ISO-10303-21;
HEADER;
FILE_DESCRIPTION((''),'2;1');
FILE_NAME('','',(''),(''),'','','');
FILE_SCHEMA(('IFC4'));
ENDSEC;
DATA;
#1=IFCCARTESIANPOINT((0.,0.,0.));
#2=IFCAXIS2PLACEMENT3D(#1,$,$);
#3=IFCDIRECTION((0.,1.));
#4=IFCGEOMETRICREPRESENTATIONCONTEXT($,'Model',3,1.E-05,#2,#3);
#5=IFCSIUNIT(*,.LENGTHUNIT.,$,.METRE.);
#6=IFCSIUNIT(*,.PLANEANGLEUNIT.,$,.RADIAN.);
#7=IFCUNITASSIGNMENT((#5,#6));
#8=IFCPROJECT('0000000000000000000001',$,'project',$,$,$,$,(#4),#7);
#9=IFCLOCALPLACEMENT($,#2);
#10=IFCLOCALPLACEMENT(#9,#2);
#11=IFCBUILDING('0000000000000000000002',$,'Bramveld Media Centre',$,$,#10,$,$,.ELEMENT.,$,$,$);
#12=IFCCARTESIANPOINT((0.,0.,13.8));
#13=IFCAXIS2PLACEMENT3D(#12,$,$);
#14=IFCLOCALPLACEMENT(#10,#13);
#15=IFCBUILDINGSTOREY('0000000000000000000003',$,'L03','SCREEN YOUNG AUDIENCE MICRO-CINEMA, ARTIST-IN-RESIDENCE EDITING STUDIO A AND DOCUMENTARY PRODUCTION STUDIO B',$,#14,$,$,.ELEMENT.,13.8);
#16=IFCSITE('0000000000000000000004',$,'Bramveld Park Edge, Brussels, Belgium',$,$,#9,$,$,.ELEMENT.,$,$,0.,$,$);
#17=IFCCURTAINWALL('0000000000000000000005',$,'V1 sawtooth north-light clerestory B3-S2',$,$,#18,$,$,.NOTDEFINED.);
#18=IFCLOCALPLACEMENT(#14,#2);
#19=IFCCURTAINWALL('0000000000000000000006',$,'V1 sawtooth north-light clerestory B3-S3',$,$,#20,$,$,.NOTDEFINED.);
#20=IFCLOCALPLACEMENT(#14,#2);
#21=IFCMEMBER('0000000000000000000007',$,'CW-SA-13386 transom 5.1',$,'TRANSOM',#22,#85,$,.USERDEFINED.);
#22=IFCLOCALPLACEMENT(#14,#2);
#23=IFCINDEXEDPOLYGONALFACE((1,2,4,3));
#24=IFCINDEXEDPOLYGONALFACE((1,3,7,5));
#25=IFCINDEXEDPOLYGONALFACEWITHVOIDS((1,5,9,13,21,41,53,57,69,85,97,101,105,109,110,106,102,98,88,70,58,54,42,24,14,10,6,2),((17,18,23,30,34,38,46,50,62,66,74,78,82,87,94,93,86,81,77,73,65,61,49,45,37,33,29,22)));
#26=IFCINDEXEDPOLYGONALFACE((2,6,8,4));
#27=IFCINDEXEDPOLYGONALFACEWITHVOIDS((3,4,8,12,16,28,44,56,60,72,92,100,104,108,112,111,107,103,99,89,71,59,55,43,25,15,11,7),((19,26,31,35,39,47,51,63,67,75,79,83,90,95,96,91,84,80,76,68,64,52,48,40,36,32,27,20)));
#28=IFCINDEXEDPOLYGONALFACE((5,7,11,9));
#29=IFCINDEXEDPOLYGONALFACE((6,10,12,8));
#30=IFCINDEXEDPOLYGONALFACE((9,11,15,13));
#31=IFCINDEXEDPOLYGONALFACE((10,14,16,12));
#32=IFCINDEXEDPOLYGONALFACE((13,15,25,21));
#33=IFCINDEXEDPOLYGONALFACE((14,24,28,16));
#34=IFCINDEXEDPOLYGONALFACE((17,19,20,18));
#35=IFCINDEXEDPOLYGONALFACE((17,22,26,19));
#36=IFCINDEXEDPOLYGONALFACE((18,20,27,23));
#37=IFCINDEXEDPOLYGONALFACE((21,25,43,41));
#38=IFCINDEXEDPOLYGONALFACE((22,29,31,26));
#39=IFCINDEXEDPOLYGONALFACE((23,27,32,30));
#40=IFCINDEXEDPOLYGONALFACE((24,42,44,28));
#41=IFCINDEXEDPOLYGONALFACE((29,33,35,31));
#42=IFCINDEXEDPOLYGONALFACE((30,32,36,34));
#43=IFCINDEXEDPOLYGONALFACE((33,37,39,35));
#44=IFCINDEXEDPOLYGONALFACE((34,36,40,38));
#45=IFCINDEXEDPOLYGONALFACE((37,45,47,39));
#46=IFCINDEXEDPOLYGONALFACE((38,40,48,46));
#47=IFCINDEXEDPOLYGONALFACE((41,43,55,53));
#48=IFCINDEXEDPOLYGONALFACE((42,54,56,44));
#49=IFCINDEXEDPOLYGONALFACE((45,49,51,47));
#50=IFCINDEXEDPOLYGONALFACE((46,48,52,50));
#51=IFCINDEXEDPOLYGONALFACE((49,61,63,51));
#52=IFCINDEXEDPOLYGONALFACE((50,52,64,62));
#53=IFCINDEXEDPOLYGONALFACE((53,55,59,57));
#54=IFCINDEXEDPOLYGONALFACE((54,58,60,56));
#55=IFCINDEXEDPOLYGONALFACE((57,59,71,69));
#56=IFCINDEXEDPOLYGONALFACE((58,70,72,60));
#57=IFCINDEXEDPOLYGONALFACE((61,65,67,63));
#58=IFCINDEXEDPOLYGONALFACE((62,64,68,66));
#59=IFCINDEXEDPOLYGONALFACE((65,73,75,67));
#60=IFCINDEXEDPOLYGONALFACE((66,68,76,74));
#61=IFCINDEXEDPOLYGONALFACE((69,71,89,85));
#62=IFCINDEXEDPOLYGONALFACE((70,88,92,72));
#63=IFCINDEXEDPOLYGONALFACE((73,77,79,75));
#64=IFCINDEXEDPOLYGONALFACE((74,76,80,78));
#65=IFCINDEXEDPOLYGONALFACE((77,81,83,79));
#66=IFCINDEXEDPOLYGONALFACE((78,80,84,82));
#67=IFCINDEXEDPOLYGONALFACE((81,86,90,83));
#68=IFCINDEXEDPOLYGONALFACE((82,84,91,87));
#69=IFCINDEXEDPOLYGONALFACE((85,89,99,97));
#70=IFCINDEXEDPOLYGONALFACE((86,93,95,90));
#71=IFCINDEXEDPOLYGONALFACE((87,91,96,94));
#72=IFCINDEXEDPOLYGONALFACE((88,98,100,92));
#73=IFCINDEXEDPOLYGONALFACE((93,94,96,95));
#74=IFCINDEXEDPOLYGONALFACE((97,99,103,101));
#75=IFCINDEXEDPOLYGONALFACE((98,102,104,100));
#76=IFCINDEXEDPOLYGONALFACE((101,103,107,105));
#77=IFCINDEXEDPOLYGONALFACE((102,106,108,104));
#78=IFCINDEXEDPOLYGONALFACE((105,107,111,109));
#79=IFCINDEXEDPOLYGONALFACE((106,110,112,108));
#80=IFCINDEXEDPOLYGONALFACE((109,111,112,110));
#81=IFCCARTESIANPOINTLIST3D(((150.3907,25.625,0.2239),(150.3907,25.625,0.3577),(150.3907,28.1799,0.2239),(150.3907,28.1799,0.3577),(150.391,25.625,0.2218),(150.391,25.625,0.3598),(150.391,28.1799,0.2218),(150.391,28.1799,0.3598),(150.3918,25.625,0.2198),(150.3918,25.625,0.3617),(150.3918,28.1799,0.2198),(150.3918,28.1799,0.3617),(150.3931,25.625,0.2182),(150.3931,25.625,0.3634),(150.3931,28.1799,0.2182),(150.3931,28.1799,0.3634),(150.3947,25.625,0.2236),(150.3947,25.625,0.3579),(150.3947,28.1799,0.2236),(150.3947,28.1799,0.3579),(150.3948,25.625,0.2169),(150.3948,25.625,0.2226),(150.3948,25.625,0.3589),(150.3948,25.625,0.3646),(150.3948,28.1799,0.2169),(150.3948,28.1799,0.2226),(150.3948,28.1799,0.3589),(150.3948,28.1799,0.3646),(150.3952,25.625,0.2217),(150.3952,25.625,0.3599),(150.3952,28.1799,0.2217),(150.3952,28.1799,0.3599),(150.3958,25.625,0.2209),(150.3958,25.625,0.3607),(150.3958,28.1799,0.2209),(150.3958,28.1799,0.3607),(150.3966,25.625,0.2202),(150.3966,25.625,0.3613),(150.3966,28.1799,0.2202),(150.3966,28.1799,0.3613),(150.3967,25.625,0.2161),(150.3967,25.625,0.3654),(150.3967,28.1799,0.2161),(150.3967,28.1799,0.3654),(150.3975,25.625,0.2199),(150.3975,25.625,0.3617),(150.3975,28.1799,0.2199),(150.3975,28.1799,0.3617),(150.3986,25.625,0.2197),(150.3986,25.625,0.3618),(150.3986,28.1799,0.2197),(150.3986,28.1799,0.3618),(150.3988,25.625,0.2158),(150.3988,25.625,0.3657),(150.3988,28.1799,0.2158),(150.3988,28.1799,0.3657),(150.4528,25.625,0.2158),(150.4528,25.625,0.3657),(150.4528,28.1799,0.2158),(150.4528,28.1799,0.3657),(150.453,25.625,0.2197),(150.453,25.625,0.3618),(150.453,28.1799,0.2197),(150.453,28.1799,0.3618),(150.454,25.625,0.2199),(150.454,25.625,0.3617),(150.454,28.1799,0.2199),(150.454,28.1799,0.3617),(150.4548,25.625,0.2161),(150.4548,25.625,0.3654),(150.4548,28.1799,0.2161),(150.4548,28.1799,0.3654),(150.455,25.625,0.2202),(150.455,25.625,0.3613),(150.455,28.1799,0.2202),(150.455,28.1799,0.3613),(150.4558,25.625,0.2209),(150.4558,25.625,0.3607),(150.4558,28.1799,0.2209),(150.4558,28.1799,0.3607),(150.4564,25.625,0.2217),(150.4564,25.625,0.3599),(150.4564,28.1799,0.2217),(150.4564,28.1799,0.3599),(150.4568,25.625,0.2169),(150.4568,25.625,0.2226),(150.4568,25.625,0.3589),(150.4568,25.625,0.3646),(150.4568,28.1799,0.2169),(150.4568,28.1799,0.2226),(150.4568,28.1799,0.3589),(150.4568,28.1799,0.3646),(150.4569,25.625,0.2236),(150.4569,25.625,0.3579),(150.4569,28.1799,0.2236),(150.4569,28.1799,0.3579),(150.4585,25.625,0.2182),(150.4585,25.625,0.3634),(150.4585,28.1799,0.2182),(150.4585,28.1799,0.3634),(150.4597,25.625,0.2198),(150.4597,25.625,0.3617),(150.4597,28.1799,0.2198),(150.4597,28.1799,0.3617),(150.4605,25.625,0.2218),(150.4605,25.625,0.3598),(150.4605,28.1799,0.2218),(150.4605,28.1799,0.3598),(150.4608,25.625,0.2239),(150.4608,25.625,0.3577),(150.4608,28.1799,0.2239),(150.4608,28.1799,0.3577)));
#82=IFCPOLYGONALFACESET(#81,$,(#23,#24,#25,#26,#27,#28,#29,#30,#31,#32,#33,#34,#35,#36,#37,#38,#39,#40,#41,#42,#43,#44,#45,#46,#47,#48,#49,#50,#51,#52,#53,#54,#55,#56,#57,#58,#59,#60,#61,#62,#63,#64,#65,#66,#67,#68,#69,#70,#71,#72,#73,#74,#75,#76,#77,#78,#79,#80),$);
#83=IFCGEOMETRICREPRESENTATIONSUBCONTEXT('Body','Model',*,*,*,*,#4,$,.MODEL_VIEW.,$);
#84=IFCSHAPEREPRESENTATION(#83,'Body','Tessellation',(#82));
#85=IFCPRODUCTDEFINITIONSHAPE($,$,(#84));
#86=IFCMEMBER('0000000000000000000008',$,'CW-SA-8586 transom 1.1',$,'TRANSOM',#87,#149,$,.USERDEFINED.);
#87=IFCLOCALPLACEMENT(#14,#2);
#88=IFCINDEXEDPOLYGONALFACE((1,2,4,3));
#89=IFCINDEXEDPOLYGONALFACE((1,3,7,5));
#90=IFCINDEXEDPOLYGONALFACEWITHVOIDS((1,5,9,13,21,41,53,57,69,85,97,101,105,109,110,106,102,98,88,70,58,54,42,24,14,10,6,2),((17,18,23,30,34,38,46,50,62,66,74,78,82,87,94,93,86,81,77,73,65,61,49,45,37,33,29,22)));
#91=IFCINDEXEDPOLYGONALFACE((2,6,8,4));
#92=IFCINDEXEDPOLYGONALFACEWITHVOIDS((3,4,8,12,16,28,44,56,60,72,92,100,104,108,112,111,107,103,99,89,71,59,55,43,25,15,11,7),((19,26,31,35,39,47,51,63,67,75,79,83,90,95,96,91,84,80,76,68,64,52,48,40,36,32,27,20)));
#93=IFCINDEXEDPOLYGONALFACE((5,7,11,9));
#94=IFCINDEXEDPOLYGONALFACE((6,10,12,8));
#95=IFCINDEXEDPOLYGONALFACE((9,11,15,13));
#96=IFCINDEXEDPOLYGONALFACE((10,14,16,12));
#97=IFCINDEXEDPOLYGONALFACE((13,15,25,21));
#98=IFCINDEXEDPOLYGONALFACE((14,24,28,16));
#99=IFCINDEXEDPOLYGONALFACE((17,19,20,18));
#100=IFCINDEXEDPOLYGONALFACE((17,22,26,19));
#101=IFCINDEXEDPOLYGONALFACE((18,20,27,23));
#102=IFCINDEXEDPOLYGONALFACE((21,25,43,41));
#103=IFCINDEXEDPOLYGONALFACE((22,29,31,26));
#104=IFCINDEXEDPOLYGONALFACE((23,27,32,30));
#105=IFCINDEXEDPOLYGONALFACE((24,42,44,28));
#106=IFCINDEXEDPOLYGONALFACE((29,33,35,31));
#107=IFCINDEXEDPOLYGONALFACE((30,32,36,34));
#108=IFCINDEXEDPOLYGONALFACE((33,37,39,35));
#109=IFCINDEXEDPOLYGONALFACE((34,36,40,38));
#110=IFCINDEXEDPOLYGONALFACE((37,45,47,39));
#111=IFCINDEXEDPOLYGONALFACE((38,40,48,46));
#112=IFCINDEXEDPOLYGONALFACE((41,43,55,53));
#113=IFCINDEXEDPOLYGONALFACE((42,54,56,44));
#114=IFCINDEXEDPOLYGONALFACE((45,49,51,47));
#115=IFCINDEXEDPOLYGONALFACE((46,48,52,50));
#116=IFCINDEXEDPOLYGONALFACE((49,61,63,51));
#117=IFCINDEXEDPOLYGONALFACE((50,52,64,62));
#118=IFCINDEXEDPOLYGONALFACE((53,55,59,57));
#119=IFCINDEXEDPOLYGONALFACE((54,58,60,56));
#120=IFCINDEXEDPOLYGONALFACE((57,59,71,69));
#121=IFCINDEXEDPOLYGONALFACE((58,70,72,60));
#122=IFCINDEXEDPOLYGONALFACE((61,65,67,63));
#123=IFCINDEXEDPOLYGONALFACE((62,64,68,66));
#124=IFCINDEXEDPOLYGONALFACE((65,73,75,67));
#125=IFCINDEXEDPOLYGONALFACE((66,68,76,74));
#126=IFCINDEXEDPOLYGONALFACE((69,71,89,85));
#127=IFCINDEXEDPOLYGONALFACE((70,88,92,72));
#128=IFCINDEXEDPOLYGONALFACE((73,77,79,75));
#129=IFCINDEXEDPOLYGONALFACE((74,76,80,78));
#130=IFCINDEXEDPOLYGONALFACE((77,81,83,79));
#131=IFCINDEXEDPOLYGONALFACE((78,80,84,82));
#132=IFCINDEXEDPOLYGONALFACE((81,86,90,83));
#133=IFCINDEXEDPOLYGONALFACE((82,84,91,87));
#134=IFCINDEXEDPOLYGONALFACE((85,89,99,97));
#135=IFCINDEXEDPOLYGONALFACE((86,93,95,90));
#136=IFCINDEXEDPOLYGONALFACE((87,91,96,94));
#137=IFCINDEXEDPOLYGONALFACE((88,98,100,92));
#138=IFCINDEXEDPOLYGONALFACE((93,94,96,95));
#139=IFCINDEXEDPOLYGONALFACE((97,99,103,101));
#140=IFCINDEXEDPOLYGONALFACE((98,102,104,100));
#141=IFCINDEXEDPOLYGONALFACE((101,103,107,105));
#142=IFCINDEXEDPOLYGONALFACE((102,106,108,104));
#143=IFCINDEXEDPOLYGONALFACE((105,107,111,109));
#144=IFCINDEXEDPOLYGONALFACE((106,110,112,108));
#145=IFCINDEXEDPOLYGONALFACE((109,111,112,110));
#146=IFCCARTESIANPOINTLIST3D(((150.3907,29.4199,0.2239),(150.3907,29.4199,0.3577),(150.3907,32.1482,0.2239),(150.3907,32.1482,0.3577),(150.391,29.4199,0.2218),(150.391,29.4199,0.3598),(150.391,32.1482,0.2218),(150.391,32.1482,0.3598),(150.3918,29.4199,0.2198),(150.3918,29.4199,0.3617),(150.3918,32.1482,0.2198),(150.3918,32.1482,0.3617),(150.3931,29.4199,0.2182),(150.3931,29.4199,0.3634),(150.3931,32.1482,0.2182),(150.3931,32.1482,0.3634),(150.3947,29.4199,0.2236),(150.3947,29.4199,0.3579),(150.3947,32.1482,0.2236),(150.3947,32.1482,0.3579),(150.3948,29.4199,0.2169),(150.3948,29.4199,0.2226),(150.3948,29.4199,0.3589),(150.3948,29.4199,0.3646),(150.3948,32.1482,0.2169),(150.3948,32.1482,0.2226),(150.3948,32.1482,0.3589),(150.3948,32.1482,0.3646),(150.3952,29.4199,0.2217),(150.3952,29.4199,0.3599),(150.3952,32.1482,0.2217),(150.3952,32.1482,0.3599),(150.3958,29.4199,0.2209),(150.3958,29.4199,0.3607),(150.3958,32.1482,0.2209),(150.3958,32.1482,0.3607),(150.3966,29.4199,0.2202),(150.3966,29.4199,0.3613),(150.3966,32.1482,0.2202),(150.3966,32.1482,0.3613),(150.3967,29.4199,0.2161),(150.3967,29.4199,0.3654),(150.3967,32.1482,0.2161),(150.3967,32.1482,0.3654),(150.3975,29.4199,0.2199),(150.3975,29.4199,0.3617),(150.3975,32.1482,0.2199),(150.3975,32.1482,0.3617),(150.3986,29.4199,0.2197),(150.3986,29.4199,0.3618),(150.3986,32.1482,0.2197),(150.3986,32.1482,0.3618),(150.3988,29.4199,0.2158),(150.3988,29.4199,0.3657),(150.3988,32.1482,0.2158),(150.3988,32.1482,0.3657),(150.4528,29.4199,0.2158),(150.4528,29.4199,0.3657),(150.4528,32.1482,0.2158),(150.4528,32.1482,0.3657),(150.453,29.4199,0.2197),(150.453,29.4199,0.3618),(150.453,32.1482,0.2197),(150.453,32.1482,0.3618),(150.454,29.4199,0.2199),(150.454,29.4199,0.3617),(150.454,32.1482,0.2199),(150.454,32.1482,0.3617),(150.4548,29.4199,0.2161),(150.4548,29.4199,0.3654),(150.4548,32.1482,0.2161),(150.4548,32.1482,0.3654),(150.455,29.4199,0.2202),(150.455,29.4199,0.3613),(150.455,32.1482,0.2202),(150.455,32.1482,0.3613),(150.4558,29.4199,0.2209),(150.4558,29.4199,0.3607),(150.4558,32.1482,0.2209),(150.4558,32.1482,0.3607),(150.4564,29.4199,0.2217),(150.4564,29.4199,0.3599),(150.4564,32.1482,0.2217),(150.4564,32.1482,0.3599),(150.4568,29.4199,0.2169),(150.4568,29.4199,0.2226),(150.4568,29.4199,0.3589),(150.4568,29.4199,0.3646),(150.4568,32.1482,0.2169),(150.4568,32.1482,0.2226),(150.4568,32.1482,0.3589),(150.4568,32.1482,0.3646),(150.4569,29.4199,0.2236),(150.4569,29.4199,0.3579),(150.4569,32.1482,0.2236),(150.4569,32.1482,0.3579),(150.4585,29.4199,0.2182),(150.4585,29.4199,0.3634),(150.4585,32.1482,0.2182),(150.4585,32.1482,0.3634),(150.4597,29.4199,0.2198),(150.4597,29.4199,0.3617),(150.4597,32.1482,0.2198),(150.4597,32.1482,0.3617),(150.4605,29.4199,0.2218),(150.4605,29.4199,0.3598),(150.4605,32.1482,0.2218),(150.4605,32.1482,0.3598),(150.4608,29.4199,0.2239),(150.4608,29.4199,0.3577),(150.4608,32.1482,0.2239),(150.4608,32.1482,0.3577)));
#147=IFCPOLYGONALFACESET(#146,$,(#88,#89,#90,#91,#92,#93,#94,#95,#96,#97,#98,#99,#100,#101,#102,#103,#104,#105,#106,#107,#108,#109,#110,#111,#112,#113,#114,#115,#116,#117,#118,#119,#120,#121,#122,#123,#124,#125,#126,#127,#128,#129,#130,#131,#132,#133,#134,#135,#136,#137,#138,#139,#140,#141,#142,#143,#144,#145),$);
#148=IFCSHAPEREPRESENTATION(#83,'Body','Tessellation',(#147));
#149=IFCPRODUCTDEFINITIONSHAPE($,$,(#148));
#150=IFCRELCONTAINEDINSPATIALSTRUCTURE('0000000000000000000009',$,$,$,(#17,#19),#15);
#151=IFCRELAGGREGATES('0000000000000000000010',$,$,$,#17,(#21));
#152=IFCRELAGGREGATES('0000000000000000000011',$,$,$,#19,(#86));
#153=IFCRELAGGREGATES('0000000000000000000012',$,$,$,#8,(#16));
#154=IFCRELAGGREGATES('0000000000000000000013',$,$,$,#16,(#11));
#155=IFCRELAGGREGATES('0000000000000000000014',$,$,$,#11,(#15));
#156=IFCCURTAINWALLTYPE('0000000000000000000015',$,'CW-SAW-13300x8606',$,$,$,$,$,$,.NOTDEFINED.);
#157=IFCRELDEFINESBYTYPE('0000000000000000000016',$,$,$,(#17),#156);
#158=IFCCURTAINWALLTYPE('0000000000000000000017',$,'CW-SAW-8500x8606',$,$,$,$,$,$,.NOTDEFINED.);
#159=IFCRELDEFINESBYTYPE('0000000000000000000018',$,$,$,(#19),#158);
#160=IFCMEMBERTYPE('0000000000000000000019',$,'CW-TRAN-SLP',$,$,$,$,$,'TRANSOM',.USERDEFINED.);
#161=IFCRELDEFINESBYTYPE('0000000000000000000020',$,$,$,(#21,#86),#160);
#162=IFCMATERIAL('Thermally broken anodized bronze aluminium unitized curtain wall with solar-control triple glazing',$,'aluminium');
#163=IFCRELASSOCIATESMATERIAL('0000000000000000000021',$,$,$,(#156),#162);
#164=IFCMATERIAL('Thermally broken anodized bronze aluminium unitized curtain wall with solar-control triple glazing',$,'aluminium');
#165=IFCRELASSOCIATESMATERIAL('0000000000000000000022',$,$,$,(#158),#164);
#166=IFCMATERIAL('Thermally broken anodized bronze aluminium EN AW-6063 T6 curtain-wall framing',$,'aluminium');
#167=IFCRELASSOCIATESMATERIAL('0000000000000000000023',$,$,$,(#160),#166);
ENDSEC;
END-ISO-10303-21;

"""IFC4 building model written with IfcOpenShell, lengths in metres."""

from ifc_helpers import new_model, si_unit, direction, frame, origin, origin_2d, place, context, subcontext, project, spatial, hollow_rectangle, extrude, material, material_profile, profile_set, type_object, element, aggregate, save


model = new_model("IFC4")

# Units and contexts
model_context = context("Model", 3, precision=1e-05, world=origin(), true_north=direction((0.0, 1.0)))
body_context = subcontext(model_context, "Body", "Model", "MODEL_VIEW")
ifc_project = project(units=[si_unit("LENGTHUNIT", "METRE"), si_unit("PLANEANGLEUNIT", "RADIAN")], contexts=[model_context])

# Site, building, storey
site_placement = place(None, origin())
site = spatial("IfcSite", under=ifc_project, at=site_placement, Name="Bramveld Park Edge, Brussels, Belgium", CompositionType="ELEMENT", RefElevation=0.0)
building_placement = place(site_placement, origin())
building = spatial("IfcBuilding", under=site, at=building_placement, Name="Bramveld Media Centre", CompositionType="ELEMENT")
storey_placement = place(building_placement, frame((0.0, 0.0, 13.8)))
storey = spatial("IfcBuildingStorey", under=building, at=storey_placement, Name="L03", Description="SCREEN YOUNG AUDIENCE MICRO-CINEMA, ARTIST-IN-RESIDENCE EDITING STUDIO A AND DOCUMENTARY PRODUCTION STUDIO B", CompositionType="ELEMENT", Elevation=13.8)

# Curtain wall
ifc_material_1 = material(Name="Thermally broken anodized bronze aluminium unitized curtain wall with solar-control triple glazing", Category="aluminium")
curtain_wall_type_1 = type_object("IfcCurtainWallType", Name="CW-SAW-13300x8606", PredefinedType="NOTDEFINED", material=ifc_material_1)
curtain_wall_1_placement = place(storey_placement, origin())
curtain_wall_1 = element("IfcCurtainWall", 1, at=curtain_wall_1_placement, inside=storey, type_object=curtain_wall_type_1, Name="V1 sawtooth north-light clerestory B3-S2", PredefinedType="NOTDEFINED")

# Curtain wall
ifc_material_2 = material(Name="Thermally broken anodized bronze aluminium unitized curtain wall with solar-control triple glazing", Category="aluminium")
curtain_wall_type_2 = type_object("IfcCurtainWallType", Name="CW-SAW-8500x8606", PredefinedType="NOTDEFINED", material=ifc_material_2)
curtain_wall_2_placement = place(storey_placement, origin())
curtain_wall_2 = element("IfcCurtainWall", 2, at=curtain_wall_2_placement, inside=storey, type_object=curtain_wall_type_2, Name="V1 sawtooth north-light clerestory B3-S3", PredefinedType="NOTDEFINED")

# Members
ifc_material_3 = material(Name="Thermally broken anodized bronze aluminium EN AW-6063 T6 curtain-wall framing", Category="aluminium")
ifc_material_profile_1 = material_profile(ifc_material_3, hollow_rectangle(XDim=0.0701, YDim=0.1499, WallThickness=0.0039, InnerFilletRadius=0.0039, OuterFilletRadius=0.0081, at=origin_2d()), Name="AL-TRAN 70x150")
ifc_profile_set_1 = profile_set([ifc_material_profile_1], Name="Thermally broken anodized bronze aluminium EN AW-6063 T6 curtain-wall framing")
member_type_1 = type_object("IfcMemberType", Name="CW-TRAN-SLP", ElementType="TRANSOM", PredefinedType="USERDEFINED", material=ifc_profile_set_1)
member_1_placement = place(storey_placement, frame((150.4258, 25.625, 0.2908), z_axis=(0.0, 1.0, 0.0), x_axis=(-1.0, 0.0, 0.0)))
member_1 = element("IfcMember", 3, at=member_1_placement, type_object=member_type_1, Name="CW-SA-13386 transom 5.1", ObjectType="TRANSOM", PredefinedType="USERDEFINED", context=body_context, shape_type="SweptSolid", body=[
    extrude(hollow_rectangle(XDim=0.0701, YDim=0.1499, WallThickness=0.0039, InnerFilletRadius=0.0039, OuterFilletRadius=0.0081, at=origin_2d()), origin(), (0.0, 0.0, 1.0), 2.5549),
])
member_2_placement = place(storey_placement, frame((150.4258, 29.4199, 0.2908), z_axis=(0.0, 1.0, 0.0), x_axis=(-1.0, 0.0, 0.0)))
member_2 = element("IfcMember", 4, at=member_2_placement, type_object=member_type_1, Name="CW-SA-8586 transom 1.1", ObjectType="TRANSOM", PredefinedType="USERDEFINED", context=body_context, shape_type="SweptSolid", body=[
    extrude(hollow_rectangle(XDim=0.0701, YDim=0.1499, WallThickness=0.0039, InnerFilletRadius=0.0039, OuterFilletRadius=0.0081, at=origin_2d()), origin(), (0.0, 0.0, 1.0), 2.7283),
])

aggregate(curtain_wall_1, [member_1])
aggregate(curtain_wall_2, [member_2])

save(model, "model.ifc")
